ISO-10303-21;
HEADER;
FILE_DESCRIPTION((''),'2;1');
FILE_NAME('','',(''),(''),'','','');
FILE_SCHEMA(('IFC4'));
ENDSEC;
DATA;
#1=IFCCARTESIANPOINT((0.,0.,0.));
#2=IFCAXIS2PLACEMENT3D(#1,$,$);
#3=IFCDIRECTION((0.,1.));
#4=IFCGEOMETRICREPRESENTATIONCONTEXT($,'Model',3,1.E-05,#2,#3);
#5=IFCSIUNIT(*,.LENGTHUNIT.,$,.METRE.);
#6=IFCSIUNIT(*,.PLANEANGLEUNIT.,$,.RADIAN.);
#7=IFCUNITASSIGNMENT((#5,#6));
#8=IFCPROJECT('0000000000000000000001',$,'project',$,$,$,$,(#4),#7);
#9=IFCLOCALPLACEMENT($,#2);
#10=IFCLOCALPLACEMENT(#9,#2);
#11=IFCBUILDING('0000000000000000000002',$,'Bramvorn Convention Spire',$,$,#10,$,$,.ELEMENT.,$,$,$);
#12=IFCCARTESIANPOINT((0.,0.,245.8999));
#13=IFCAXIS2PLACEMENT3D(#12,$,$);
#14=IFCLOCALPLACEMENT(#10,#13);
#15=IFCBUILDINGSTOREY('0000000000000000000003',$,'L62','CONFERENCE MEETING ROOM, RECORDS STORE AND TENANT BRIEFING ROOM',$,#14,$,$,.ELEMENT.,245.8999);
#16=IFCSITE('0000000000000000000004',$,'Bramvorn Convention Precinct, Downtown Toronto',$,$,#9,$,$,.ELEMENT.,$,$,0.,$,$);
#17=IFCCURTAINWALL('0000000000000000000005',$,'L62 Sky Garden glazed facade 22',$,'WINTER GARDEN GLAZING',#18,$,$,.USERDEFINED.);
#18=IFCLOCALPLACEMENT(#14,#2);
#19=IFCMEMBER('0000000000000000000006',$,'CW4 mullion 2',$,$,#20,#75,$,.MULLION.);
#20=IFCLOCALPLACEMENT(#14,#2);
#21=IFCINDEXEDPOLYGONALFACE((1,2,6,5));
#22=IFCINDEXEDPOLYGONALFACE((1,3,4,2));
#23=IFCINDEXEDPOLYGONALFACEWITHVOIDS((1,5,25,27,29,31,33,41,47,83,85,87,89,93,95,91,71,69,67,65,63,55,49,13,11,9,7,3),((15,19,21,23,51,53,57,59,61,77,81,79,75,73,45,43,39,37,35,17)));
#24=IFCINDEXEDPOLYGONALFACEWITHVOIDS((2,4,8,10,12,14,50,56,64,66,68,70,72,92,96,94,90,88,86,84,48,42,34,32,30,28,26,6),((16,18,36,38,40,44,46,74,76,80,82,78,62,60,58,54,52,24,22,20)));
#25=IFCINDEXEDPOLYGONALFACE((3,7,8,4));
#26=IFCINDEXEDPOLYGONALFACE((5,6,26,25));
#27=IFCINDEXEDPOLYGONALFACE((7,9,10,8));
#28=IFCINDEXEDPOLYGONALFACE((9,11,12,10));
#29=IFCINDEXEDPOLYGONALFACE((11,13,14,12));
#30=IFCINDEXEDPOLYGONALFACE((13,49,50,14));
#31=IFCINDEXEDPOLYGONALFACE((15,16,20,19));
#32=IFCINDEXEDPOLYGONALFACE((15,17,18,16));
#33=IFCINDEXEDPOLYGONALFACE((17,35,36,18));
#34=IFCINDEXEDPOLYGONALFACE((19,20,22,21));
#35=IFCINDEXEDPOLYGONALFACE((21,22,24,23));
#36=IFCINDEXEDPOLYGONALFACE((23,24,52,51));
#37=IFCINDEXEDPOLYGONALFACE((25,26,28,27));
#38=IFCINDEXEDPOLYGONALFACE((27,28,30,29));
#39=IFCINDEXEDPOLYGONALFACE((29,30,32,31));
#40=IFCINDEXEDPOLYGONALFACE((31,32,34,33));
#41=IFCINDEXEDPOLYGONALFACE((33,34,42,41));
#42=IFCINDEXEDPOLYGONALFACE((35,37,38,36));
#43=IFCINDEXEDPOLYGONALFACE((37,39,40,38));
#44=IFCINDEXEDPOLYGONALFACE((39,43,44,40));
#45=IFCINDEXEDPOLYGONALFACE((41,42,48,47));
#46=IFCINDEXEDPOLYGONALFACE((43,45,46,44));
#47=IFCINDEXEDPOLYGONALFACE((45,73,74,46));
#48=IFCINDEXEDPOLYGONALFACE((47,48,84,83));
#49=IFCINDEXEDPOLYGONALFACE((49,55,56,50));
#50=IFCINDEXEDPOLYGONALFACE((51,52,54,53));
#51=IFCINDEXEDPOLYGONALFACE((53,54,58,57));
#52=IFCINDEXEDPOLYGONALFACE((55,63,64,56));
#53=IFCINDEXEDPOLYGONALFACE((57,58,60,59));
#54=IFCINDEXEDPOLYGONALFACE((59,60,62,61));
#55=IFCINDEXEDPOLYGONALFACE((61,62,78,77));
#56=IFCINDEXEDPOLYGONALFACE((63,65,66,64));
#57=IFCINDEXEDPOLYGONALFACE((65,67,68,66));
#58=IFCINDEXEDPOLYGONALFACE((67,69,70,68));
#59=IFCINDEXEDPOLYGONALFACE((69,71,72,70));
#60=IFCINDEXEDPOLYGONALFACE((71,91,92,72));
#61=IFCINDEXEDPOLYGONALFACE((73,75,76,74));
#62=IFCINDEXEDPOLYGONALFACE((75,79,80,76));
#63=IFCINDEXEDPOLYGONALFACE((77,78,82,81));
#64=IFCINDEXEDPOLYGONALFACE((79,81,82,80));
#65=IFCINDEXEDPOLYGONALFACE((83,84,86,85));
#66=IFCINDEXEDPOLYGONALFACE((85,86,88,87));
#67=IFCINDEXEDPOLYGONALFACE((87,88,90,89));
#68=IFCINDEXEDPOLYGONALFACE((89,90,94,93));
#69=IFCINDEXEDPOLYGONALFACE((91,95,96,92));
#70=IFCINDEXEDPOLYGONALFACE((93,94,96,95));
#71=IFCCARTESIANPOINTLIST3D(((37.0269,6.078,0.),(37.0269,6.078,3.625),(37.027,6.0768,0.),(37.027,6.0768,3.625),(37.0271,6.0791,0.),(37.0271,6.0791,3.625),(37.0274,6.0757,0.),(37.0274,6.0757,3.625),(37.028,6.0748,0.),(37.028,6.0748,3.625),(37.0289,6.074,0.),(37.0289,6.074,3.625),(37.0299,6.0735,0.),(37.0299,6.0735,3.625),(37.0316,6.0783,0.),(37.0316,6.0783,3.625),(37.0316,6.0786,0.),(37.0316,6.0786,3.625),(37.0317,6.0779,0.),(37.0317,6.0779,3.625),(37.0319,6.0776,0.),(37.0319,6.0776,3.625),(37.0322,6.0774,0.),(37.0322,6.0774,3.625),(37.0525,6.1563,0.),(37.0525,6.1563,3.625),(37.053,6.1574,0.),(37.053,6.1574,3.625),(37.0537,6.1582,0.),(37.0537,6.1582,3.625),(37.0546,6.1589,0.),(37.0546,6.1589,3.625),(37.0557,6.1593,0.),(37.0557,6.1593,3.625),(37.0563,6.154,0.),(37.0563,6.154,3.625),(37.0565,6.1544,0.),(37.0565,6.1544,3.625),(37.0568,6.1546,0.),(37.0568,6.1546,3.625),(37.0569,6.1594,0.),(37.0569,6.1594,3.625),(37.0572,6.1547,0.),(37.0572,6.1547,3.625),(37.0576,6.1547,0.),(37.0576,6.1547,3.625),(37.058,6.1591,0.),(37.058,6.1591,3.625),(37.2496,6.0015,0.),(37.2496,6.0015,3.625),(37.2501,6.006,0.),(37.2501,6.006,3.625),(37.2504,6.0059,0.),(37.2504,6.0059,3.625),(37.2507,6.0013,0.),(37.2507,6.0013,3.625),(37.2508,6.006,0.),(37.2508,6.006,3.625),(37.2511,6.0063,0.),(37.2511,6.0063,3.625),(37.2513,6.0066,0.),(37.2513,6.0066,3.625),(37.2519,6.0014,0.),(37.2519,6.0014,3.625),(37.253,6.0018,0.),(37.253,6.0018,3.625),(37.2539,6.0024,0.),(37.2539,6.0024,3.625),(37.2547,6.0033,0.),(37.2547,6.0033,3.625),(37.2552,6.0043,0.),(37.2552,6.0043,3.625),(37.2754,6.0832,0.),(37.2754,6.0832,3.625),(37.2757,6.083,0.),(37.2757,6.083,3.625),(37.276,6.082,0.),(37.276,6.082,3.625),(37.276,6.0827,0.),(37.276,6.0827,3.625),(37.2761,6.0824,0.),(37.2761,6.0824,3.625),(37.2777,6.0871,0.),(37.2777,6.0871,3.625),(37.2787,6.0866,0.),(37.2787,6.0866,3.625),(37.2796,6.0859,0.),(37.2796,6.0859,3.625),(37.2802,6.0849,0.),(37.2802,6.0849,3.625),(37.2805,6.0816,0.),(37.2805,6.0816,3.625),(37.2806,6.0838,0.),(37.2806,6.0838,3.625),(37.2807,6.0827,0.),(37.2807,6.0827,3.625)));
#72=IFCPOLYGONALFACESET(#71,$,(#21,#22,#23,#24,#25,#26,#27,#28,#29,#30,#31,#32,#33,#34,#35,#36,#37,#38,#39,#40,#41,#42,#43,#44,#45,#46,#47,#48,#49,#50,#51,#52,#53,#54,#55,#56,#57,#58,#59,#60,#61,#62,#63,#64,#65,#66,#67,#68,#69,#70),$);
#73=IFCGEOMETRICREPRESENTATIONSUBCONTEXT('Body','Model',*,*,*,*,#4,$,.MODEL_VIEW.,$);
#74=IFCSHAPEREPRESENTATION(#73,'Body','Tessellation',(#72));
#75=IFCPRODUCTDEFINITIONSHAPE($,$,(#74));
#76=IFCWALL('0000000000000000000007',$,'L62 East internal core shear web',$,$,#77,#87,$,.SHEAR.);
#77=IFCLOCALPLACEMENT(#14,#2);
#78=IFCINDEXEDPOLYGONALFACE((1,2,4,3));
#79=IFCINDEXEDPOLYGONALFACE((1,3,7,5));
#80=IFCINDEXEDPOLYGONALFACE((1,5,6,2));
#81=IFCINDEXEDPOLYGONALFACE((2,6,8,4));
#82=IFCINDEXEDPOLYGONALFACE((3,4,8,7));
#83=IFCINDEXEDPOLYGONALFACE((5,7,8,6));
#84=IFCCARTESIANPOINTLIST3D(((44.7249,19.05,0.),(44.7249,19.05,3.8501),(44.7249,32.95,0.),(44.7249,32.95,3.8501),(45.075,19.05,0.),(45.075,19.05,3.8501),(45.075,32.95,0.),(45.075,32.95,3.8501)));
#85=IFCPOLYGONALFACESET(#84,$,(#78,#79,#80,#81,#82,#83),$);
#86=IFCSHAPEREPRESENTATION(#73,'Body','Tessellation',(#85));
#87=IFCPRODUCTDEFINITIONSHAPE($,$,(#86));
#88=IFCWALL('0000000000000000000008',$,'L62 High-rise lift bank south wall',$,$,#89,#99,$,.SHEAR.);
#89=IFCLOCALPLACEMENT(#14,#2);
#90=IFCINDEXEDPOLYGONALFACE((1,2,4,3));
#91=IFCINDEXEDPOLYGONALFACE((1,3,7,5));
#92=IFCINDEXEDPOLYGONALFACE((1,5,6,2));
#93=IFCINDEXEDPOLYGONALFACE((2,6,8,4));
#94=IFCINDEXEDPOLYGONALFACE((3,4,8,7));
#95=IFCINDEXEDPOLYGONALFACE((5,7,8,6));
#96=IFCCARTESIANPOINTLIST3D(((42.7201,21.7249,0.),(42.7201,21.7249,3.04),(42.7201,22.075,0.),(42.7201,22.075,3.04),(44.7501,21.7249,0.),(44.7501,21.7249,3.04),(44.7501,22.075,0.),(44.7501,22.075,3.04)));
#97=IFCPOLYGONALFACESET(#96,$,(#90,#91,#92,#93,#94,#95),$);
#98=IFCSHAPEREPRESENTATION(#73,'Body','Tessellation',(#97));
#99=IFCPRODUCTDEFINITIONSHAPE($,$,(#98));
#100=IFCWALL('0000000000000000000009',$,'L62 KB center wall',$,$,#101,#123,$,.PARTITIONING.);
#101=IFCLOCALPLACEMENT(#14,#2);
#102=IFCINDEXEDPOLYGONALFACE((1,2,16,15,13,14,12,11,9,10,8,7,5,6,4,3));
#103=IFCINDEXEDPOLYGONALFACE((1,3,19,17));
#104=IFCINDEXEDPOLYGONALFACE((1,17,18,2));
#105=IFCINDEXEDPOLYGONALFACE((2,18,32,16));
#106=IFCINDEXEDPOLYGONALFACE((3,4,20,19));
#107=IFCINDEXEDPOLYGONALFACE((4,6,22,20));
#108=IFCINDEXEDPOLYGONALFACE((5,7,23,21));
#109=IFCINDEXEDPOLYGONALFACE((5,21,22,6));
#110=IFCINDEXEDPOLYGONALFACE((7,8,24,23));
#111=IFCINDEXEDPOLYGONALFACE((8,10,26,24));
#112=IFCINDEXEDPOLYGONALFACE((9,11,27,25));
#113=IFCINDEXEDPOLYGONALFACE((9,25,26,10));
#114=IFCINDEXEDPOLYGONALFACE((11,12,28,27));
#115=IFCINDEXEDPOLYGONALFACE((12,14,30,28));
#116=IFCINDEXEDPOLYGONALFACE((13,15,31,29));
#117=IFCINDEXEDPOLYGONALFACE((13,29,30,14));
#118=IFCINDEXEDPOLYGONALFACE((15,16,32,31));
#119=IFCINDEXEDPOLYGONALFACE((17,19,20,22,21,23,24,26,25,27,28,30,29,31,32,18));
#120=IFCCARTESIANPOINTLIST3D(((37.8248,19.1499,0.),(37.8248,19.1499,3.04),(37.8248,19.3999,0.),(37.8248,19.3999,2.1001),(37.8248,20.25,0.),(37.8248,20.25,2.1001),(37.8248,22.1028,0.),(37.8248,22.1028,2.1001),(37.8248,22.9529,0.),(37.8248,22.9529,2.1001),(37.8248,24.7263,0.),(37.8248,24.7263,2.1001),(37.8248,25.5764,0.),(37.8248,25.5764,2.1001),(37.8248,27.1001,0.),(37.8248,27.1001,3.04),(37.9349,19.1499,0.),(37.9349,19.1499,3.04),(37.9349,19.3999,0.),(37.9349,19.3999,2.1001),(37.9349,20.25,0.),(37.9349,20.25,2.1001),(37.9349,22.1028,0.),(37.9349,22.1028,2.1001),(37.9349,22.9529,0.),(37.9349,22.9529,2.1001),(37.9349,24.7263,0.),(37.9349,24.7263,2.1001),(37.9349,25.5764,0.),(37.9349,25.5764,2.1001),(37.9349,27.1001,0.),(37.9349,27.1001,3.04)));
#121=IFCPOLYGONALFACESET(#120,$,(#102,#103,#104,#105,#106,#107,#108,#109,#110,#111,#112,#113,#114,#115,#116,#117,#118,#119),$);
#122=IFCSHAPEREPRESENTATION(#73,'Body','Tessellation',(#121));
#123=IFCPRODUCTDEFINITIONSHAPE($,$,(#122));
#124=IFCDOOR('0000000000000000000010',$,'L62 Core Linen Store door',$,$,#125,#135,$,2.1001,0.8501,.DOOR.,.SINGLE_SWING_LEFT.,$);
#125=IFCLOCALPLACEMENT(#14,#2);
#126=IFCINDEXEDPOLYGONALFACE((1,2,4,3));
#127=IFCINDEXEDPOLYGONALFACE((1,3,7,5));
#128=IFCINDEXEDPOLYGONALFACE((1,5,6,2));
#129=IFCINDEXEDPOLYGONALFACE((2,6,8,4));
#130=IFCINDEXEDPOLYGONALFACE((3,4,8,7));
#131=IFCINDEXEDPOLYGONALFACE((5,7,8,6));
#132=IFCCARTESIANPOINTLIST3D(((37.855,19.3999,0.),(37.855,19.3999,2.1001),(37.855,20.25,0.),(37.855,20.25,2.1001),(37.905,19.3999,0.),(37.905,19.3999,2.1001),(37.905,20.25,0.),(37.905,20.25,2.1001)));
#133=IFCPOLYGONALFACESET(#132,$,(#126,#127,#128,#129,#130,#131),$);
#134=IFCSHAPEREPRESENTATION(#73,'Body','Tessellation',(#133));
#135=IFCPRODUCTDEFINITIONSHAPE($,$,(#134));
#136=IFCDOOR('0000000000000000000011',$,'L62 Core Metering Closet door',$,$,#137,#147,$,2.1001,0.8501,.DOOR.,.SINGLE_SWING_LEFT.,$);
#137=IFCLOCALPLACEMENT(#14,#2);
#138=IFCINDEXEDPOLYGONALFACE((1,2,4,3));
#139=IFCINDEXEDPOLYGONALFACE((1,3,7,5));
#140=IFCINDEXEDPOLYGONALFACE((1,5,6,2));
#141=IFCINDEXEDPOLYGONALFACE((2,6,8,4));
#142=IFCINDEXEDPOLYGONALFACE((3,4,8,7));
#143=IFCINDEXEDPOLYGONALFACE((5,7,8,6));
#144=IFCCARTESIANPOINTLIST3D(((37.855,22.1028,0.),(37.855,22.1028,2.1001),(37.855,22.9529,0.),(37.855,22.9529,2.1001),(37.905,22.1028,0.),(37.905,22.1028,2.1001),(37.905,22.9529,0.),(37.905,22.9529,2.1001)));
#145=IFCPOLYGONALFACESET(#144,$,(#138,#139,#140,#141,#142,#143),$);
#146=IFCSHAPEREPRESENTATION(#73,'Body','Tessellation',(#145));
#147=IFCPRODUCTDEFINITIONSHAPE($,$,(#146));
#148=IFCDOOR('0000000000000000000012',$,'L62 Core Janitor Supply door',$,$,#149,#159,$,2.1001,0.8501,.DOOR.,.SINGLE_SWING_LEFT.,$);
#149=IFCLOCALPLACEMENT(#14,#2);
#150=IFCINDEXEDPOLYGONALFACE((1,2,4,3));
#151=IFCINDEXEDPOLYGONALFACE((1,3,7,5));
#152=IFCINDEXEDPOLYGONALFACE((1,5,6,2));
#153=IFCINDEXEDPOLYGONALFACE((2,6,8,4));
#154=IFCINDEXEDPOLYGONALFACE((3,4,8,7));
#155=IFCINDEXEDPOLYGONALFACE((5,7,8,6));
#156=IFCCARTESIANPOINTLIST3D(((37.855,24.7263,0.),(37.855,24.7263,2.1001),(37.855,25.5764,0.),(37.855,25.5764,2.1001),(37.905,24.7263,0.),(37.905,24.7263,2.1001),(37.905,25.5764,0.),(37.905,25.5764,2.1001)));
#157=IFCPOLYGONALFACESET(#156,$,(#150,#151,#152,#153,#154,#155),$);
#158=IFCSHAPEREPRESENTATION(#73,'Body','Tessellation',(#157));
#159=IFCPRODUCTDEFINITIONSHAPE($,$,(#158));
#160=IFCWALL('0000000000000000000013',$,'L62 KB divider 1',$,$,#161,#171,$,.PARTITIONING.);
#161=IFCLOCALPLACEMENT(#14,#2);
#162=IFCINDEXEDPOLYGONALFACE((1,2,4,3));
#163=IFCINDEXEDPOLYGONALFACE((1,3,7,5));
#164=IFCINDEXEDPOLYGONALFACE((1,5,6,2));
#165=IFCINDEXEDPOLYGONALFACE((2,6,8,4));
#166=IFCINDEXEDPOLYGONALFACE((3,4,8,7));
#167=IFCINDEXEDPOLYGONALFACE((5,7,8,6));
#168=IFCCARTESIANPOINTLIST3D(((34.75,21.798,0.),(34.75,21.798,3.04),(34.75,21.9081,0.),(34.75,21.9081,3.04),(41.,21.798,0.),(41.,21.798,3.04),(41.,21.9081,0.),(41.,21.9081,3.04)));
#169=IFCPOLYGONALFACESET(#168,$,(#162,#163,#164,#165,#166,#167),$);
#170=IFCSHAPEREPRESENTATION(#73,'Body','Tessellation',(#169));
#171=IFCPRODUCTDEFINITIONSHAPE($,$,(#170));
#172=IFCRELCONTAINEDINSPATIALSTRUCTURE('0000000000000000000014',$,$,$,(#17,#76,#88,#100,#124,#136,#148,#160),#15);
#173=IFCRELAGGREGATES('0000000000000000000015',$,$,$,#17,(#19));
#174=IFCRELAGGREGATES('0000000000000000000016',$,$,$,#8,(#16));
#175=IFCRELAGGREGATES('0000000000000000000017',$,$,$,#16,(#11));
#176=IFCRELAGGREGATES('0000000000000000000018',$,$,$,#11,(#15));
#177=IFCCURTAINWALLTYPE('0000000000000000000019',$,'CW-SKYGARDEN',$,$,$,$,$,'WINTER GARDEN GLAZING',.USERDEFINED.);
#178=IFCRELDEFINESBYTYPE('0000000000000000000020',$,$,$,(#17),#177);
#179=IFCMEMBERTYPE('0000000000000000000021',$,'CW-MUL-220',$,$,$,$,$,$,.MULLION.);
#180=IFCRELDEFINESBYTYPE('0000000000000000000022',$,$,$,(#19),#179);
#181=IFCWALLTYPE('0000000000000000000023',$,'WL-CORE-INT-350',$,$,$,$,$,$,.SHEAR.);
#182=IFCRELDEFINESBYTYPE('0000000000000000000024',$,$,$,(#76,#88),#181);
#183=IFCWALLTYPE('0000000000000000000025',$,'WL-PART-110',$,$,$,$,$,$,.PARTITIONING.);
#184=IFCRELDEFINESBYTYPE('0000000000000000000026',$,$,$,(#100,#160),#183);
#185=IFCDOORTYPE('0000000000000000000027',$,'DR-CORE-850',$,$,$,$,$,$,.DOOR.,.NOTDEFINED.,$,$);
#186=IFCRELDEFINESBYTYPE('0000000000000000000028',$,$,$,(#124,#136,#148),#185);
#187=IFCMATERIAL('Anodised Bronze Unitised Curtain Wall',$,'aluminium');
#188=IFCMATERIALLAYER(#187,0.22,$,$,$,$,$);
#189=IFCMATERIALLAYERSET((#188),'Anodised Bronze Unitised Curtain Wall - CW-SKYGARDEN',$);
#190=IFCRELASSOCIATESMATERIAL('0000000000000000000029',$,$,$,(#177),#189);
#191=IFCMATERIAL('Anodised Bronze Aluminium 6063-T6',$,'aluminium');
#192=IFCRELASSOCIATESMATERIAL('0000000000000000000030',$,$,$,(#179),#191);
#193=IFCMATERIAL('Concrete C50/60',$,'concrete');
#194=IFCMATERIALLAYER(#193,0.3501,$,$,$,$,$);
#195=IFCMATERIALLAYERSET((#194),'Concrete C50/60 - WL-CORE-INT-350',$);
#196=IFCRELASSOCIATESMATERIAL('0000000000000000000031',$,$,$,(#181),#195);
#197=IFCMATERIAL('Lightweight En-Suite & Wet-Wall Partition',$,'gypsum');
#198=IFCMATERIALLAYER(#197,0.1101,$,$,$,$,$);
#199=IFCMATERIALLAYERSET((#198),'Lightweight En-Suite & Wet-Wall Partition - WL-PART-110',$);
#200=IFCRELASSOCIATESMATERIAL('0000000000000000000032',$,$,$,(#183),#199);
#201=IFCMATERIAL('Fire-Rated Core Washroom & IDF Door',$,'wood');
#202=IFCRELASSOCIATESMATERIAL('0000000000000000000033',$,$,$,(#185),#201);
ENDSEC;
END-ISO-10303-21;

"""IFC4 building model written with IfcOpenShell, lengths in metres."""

from ifc_helpers import new_model, si_unit, direction, frame, frame_2d, origin, origin_2d, place, context, subcontext, project, spatial, rectangle, hollow_rectangle, extrude, material, layer, layer_set, material_profile, profile_set, type_object, element, fill, aggregate, save


model = new_model("IFC4")

# Units and contexts
model_context = context("Model", 3, precision=1e-05, world=origin(), true_north=direction((0.0, 1.0)))
body_context = subcontext(model_context, "Body", "Model", "MODEL_VIEW")
ifc_project = project(units=[si_unit("LENGTHUNIT", "METRE"), si_unit("PLANEANGLEUNIT", "RADIAN")], contexts=[model_context])

# Site, building, storey
site_placement = place(None, origin())
site = spatial("IfcSite", under=ifc_project, at=site_placement, Name="Bramvorn Convention Precinct, Downtown Toronto", CompositionType="ELEMENT", RefElevation=0.0)
building_placement = place(site_placement, origin())
building = spatial("IfcBuilding", under=site, at=building_placement, Name="Bramvorn Convention Spire", CompositionType="ELEMENT")
storey_placement = place(building_placement, frame((0.0, 0.0, 245.8999)))
storey = spatial("IfcBuildingStorey", under=building, at=storey_placement, Name="L62", Description="CONFERENCE MEETING ROOM, RECORDS STORE AND TENANT BRIEFING ROOM", CompositionType="ELEMENT", Elevation=245.8999)

# Curtain wall, member
ifc_material_1 = material(Name="Anodised Bronze Unitised Curtain Wall", Category="aluminium")
ifc_layer_1 = layer(ifc_material_1, 0.22)
ifc_layer_set_1 = layer_set([ifc_layer_1], Name="Anodised Bronze Unitised Curtain Wall - CW-SKYGARDEN")
curtain_wall_type = type_object("IfcCurtainWallType", Name="CW-SKYGARDEN", ElementType="WINTER GARDEN GLAZING", PredefinedType="USERDEFINED", material=ifc_layer_set_1)
curtain_wall_placement = place(storey_placement, origin())
curtain_wall = element("IfcCurtainWall", 1, at=curtain_wall_placement, inside=storey, type_object=curtain_wall_type, Name="L62 Sky Garden glazed facade 22", ObjectType="WINTER GARDEN GLAZING", PredefinedType="USERDEFINED")
ifc_material_2 = material(Name="Anodised Bronze Aluminium 6063-T6", Category="aluminium")
ifc_material_profile_1 = material_profile(ifc_material_2, hollow_rectangle(XDim=0.0901, YDim=0.24, WallThickness=0.0044, InnerFilletRadius=0.001, OuterFilletRadius=0.0044, at=origin_2d()))
ifc_profile_set_1 = profile_set([ifc_material_profile_1], Name="Anodised Bronze Aluminium 6063-T6 - CWM90X240")
member_type = type_object("IfcMemberType", Name="CW-MUL-220", PredefinedType="MULLION", material=ifc_profile_set_1)
member_placement = place(storey_placement, frame((37.1538, 6.0803, 0.0), z_axis=(0.0, 0.0, 1.0), x_axis=(-0.31162, -0.950207, 0.0)))
member = element("IfcMember", 2, at=member_placement, type_object=member_type, Name="CW4 mullion 2", PredefinedType="MULLION", context=body_context, shape_type="SweptSolid", body=[
    extrude(hollow_rectangle(XDim=0.0901, YDim=0.24, WallThickness=0.0044, InnerFilletRadius=0.001, OuterFilletRadius=0.0044, at=origin_2d()), origin(), (0.0, 0.0, 1.0), 3.625),
])
aggregate(curtain_wall, [member])

# Wall
ifc_material_3 = material(Name="Concrete C50/60", Category="concrete")
ifc_layer_2 = layer(ifc_material_3, 0.3501)
ifc_layer_set_2 = layer_set([ifc_layer_2], Name="Concrete C50/60 - WL-CORE-INT-350")
wall_type_1 = type_object("IfcWallType", Name="WL-CORE-INT-350", PredefinedType="SHEAR", material=ifc_layer_set_2)
wall_1_placement = place(storey_placement, frame((44.8999, 19.05, 0.0), z_axis=(0.0, 0.0, 1.0), x_axis=(0.0, 1.0, 0.0)))
element("IfcWall", 3, at=wall_1_placement, inside=storey, type_object=wall_type_1, Name="L62 East internal core shear web", PredefinedType="SHEAR", context=body_context, shape_type="SweptSolid", body=[
    extrude(rectangle(XDim=13.8999, YDim=0.3501, at=frame_2d((6.95, 0.0))), origin(), (0.0, 0.0, 1.0), 3.8501),
])

# Wall
wall_2_placement = place(storey_placement, frame((42.72, 21.8999, 0.0), z_axis=(0.0, 0.0, 1.0), x_axis=(1.0, 0.0, 0.0)))
element("IfcWall", 4, at=wall_2_placement, inside=storey, type_object=wall_type_1, Name="L62 High-rise lift bank south wall", PredefinedType="SHEAR", context=body_context, shape_type="SweptSolid", body=[
    extrude(rectangle(XDim=2.03, YDim=0.3501, at=frame_2d((1.0151, 0.0))), origin(), (0.0, 0.0, 1.0), 3.04),
])

# Wall, openings, doors
ifc_material_4 = material(Name="Lightweight En-Suite & Wet-Wall Partition", Category="gypsum")
ifc_layer_3 = layer(ifc_material_4, 0.1101)
ifc_layer_set_3 = layer_set([ifc_layer_3], Name="Lightweight En-Suite & Wet-Wall Partition - WL-PART-110")
wall_type_2 = type_object("IfcWallType", Name="WL-PART-110", PredefinedType="PARTITIONING", material=ifc_layer_set_3)
wall_3_placement = place(storey_placement, frame((37.8799, 19.1499, 0.0), z_axis=(0.0, 0.0, 1.0), x_axis=(0.0, 1.0, 0.0)))
wall_3 = element("IfcWall", 5, at=wall_3_placement, inside=storey, type_object=wall_type_2, Name="L62 KB center wall", PredefinedType="PARTITIONING", context=body_context, shape_type="SweptSolid", body=[
    extrude(rectangle(XDim=7.9502, YDim=0.1101, at=frame_2d((3.9751, 0.0))), origin(), (0.0, 0.0, 1.0), 3.04),
])
opening_1_placement = place(wall_3_placement, frame((0.25, 0.0, 0.0)))
opening_1 = element("IfcOpeningElement", 6, at=opening_1_placement, cuts=wall_3, PredefinedType="OPENING", context=body_context, shape_type="SweptSolid", body=[
    extrude(rectangle(XDim=0.8501, YDim=2.1001, at=frame_2d((0.425, 1.05))), frame((0.0, 0.0649, 0.0), z_axis=(0.0, -1.0, 0.0), x_axis=(1.0, 0.0, 0.0)), (0.0, 0.0, 1.0), 0.1301),
])
opening_2_placement = place(wall_3_placement, frame((2.9529, 0.0, 0.0)))
opening_2 = element("IfcOpeningElement", 7, at=opening_2_placement, cuts=wall_3, PredefinedType="OPENING", context=body_context, shape_type="SweptSolid", body=[
    extrude(rectangle(XDim=0.8501, YDim=2.1001, at=frame_2d((0.425, 1.05))), frame((0.0, 0.0649, 0.0), z_axis=(0.0, -1.0, 0.0), x_axis=(1.0, 0.0, 0.0)), (0.0, 0.0, 1.0), 0.1301),
])
opening_3_placement = place(wall_3_placement, frame((5.5764, 0.0, 0.0)))
opening_3 = element("IfcOpeningElement", 8, at=opening_3_placement, cuts=wall_3, PredefinedType="OPENING", context=body_context, shape_type="SweptSolid", body=[
    extrude(rectangle(XDim=0.8501, YDim=2.1001, at=frame_2d((0.425, 1.05))), frame((0.0, 0.0649, 0.0), z_axis=(0.0, -1.0, 0.0), x_axis=(1.0, 0.0, 0.0)), (0.0, 0.0, 1.0), 0.1301),
])
ifc_material_5 = material(Name="Fire-Rated Core Washroom & IDF Door", Category="wood")
door_type_1 = type_object("IfcDoorType", Name="DR-CORE-850", OperationType="NOTDEFINED", PredefinedType="DOOR", material=ifc_material_5)
door_1_placement = place(opening_1_placement, origin())
door_1 = element("IfcDoor", 9, at=door_1_placement, inside=storey, type_object=door_type_1, Name="L62 Core Linen Store door", OperationType="SINGLE_SWING_LEFT", OverallHeight=2.1001, OverallWidth=0.8501, PredefinedType="DOOR", context=body_context, shape_type="SweptSolid", body=[
    extrude(rectangle(XDim=0.8501, YDim=2.1001, at=frame_2d((0.425, 1.05))), frame((0.0, 0.0249, 0.0), z_axis=(0.0, -1.0, 0.0), x_axis=(1.0, 0.0, 0.0)), (0.0, 0.0, 1.0), 0.05),
])
fill(opening_1, door_1)
door_2_placement = place(opening_2_placement, origin())
door_2 = element("IfcDoor", 10, at=door_2_placement, inside=storey, type_object=door_type_1, Name="L62 Core Metering Closet door", OperationType="SINGLE_SWING_LEFT", OverallHeight=2.1001, OverallWidth=0.8501, PredefinedType="DOOR", context=body_context, shape_type="SweptSolid", body=[
    extrude(rectangle(XDim=0.8501, YDim=2.1001, at=frame_2d((0.425, 1.05))), frame((0.0, 0.0249, 0.0), z_axis=(0.0, -1.0, 0.0), x_axis=(1.0, 0.0, 0.0)), (0.0, 0.0, 1.0), 0.05),
])
fill(opening_2, door_2)
door_3_placement = place(opening_3_placement, origin())
door_3 = element("IfcDoor", 11, at=door_3_placement, inside=storey, type_object=door_type_1, Name="L62 Core Janitor Supply door", OperationType="SINGLE_SWING_LEFT", OverallHeight=2.1001, OverallWidth=0.8501, PredefinedType="DOOR", context=body_context, shape_type="SweptSolid", body=[
    extrude(rectangle(XDim=0.8501, YDim=2.1001, at=frame_2d((0.425, 1.05))), frame((0.0, 0.0249, 0.0), z_axis=(0.0, -1.0, 0.0), x_axis=(1.0, 0.0, 0.0)), (0.0, 0.0, 1.0), 0.05),
])
fill(opening_3, door_3)

# Wall
wall_4_placement = place(storey_placement, frame((34.75, 21.853, 0.0), z_axis=(0.0, 0.0, 1.0), x_axis=(1.0, 0.0, 0.0)))
element("IfcWall", 12, at=wall_4_placement, inside=storey, type_object=wall_type_2, Name="L62 KB divider 1", PredefinedType="PARTITIONING", context=body_context, shape_type="SweptSolid", body=[
    extrude(rectangle(XDim=6.25, YDim=0.1101, at=frame_2d((3.125, 0.0))), origin(), (0.0, 0.0, 1.0), 3.04),
])

save(model, "model.ifc")
